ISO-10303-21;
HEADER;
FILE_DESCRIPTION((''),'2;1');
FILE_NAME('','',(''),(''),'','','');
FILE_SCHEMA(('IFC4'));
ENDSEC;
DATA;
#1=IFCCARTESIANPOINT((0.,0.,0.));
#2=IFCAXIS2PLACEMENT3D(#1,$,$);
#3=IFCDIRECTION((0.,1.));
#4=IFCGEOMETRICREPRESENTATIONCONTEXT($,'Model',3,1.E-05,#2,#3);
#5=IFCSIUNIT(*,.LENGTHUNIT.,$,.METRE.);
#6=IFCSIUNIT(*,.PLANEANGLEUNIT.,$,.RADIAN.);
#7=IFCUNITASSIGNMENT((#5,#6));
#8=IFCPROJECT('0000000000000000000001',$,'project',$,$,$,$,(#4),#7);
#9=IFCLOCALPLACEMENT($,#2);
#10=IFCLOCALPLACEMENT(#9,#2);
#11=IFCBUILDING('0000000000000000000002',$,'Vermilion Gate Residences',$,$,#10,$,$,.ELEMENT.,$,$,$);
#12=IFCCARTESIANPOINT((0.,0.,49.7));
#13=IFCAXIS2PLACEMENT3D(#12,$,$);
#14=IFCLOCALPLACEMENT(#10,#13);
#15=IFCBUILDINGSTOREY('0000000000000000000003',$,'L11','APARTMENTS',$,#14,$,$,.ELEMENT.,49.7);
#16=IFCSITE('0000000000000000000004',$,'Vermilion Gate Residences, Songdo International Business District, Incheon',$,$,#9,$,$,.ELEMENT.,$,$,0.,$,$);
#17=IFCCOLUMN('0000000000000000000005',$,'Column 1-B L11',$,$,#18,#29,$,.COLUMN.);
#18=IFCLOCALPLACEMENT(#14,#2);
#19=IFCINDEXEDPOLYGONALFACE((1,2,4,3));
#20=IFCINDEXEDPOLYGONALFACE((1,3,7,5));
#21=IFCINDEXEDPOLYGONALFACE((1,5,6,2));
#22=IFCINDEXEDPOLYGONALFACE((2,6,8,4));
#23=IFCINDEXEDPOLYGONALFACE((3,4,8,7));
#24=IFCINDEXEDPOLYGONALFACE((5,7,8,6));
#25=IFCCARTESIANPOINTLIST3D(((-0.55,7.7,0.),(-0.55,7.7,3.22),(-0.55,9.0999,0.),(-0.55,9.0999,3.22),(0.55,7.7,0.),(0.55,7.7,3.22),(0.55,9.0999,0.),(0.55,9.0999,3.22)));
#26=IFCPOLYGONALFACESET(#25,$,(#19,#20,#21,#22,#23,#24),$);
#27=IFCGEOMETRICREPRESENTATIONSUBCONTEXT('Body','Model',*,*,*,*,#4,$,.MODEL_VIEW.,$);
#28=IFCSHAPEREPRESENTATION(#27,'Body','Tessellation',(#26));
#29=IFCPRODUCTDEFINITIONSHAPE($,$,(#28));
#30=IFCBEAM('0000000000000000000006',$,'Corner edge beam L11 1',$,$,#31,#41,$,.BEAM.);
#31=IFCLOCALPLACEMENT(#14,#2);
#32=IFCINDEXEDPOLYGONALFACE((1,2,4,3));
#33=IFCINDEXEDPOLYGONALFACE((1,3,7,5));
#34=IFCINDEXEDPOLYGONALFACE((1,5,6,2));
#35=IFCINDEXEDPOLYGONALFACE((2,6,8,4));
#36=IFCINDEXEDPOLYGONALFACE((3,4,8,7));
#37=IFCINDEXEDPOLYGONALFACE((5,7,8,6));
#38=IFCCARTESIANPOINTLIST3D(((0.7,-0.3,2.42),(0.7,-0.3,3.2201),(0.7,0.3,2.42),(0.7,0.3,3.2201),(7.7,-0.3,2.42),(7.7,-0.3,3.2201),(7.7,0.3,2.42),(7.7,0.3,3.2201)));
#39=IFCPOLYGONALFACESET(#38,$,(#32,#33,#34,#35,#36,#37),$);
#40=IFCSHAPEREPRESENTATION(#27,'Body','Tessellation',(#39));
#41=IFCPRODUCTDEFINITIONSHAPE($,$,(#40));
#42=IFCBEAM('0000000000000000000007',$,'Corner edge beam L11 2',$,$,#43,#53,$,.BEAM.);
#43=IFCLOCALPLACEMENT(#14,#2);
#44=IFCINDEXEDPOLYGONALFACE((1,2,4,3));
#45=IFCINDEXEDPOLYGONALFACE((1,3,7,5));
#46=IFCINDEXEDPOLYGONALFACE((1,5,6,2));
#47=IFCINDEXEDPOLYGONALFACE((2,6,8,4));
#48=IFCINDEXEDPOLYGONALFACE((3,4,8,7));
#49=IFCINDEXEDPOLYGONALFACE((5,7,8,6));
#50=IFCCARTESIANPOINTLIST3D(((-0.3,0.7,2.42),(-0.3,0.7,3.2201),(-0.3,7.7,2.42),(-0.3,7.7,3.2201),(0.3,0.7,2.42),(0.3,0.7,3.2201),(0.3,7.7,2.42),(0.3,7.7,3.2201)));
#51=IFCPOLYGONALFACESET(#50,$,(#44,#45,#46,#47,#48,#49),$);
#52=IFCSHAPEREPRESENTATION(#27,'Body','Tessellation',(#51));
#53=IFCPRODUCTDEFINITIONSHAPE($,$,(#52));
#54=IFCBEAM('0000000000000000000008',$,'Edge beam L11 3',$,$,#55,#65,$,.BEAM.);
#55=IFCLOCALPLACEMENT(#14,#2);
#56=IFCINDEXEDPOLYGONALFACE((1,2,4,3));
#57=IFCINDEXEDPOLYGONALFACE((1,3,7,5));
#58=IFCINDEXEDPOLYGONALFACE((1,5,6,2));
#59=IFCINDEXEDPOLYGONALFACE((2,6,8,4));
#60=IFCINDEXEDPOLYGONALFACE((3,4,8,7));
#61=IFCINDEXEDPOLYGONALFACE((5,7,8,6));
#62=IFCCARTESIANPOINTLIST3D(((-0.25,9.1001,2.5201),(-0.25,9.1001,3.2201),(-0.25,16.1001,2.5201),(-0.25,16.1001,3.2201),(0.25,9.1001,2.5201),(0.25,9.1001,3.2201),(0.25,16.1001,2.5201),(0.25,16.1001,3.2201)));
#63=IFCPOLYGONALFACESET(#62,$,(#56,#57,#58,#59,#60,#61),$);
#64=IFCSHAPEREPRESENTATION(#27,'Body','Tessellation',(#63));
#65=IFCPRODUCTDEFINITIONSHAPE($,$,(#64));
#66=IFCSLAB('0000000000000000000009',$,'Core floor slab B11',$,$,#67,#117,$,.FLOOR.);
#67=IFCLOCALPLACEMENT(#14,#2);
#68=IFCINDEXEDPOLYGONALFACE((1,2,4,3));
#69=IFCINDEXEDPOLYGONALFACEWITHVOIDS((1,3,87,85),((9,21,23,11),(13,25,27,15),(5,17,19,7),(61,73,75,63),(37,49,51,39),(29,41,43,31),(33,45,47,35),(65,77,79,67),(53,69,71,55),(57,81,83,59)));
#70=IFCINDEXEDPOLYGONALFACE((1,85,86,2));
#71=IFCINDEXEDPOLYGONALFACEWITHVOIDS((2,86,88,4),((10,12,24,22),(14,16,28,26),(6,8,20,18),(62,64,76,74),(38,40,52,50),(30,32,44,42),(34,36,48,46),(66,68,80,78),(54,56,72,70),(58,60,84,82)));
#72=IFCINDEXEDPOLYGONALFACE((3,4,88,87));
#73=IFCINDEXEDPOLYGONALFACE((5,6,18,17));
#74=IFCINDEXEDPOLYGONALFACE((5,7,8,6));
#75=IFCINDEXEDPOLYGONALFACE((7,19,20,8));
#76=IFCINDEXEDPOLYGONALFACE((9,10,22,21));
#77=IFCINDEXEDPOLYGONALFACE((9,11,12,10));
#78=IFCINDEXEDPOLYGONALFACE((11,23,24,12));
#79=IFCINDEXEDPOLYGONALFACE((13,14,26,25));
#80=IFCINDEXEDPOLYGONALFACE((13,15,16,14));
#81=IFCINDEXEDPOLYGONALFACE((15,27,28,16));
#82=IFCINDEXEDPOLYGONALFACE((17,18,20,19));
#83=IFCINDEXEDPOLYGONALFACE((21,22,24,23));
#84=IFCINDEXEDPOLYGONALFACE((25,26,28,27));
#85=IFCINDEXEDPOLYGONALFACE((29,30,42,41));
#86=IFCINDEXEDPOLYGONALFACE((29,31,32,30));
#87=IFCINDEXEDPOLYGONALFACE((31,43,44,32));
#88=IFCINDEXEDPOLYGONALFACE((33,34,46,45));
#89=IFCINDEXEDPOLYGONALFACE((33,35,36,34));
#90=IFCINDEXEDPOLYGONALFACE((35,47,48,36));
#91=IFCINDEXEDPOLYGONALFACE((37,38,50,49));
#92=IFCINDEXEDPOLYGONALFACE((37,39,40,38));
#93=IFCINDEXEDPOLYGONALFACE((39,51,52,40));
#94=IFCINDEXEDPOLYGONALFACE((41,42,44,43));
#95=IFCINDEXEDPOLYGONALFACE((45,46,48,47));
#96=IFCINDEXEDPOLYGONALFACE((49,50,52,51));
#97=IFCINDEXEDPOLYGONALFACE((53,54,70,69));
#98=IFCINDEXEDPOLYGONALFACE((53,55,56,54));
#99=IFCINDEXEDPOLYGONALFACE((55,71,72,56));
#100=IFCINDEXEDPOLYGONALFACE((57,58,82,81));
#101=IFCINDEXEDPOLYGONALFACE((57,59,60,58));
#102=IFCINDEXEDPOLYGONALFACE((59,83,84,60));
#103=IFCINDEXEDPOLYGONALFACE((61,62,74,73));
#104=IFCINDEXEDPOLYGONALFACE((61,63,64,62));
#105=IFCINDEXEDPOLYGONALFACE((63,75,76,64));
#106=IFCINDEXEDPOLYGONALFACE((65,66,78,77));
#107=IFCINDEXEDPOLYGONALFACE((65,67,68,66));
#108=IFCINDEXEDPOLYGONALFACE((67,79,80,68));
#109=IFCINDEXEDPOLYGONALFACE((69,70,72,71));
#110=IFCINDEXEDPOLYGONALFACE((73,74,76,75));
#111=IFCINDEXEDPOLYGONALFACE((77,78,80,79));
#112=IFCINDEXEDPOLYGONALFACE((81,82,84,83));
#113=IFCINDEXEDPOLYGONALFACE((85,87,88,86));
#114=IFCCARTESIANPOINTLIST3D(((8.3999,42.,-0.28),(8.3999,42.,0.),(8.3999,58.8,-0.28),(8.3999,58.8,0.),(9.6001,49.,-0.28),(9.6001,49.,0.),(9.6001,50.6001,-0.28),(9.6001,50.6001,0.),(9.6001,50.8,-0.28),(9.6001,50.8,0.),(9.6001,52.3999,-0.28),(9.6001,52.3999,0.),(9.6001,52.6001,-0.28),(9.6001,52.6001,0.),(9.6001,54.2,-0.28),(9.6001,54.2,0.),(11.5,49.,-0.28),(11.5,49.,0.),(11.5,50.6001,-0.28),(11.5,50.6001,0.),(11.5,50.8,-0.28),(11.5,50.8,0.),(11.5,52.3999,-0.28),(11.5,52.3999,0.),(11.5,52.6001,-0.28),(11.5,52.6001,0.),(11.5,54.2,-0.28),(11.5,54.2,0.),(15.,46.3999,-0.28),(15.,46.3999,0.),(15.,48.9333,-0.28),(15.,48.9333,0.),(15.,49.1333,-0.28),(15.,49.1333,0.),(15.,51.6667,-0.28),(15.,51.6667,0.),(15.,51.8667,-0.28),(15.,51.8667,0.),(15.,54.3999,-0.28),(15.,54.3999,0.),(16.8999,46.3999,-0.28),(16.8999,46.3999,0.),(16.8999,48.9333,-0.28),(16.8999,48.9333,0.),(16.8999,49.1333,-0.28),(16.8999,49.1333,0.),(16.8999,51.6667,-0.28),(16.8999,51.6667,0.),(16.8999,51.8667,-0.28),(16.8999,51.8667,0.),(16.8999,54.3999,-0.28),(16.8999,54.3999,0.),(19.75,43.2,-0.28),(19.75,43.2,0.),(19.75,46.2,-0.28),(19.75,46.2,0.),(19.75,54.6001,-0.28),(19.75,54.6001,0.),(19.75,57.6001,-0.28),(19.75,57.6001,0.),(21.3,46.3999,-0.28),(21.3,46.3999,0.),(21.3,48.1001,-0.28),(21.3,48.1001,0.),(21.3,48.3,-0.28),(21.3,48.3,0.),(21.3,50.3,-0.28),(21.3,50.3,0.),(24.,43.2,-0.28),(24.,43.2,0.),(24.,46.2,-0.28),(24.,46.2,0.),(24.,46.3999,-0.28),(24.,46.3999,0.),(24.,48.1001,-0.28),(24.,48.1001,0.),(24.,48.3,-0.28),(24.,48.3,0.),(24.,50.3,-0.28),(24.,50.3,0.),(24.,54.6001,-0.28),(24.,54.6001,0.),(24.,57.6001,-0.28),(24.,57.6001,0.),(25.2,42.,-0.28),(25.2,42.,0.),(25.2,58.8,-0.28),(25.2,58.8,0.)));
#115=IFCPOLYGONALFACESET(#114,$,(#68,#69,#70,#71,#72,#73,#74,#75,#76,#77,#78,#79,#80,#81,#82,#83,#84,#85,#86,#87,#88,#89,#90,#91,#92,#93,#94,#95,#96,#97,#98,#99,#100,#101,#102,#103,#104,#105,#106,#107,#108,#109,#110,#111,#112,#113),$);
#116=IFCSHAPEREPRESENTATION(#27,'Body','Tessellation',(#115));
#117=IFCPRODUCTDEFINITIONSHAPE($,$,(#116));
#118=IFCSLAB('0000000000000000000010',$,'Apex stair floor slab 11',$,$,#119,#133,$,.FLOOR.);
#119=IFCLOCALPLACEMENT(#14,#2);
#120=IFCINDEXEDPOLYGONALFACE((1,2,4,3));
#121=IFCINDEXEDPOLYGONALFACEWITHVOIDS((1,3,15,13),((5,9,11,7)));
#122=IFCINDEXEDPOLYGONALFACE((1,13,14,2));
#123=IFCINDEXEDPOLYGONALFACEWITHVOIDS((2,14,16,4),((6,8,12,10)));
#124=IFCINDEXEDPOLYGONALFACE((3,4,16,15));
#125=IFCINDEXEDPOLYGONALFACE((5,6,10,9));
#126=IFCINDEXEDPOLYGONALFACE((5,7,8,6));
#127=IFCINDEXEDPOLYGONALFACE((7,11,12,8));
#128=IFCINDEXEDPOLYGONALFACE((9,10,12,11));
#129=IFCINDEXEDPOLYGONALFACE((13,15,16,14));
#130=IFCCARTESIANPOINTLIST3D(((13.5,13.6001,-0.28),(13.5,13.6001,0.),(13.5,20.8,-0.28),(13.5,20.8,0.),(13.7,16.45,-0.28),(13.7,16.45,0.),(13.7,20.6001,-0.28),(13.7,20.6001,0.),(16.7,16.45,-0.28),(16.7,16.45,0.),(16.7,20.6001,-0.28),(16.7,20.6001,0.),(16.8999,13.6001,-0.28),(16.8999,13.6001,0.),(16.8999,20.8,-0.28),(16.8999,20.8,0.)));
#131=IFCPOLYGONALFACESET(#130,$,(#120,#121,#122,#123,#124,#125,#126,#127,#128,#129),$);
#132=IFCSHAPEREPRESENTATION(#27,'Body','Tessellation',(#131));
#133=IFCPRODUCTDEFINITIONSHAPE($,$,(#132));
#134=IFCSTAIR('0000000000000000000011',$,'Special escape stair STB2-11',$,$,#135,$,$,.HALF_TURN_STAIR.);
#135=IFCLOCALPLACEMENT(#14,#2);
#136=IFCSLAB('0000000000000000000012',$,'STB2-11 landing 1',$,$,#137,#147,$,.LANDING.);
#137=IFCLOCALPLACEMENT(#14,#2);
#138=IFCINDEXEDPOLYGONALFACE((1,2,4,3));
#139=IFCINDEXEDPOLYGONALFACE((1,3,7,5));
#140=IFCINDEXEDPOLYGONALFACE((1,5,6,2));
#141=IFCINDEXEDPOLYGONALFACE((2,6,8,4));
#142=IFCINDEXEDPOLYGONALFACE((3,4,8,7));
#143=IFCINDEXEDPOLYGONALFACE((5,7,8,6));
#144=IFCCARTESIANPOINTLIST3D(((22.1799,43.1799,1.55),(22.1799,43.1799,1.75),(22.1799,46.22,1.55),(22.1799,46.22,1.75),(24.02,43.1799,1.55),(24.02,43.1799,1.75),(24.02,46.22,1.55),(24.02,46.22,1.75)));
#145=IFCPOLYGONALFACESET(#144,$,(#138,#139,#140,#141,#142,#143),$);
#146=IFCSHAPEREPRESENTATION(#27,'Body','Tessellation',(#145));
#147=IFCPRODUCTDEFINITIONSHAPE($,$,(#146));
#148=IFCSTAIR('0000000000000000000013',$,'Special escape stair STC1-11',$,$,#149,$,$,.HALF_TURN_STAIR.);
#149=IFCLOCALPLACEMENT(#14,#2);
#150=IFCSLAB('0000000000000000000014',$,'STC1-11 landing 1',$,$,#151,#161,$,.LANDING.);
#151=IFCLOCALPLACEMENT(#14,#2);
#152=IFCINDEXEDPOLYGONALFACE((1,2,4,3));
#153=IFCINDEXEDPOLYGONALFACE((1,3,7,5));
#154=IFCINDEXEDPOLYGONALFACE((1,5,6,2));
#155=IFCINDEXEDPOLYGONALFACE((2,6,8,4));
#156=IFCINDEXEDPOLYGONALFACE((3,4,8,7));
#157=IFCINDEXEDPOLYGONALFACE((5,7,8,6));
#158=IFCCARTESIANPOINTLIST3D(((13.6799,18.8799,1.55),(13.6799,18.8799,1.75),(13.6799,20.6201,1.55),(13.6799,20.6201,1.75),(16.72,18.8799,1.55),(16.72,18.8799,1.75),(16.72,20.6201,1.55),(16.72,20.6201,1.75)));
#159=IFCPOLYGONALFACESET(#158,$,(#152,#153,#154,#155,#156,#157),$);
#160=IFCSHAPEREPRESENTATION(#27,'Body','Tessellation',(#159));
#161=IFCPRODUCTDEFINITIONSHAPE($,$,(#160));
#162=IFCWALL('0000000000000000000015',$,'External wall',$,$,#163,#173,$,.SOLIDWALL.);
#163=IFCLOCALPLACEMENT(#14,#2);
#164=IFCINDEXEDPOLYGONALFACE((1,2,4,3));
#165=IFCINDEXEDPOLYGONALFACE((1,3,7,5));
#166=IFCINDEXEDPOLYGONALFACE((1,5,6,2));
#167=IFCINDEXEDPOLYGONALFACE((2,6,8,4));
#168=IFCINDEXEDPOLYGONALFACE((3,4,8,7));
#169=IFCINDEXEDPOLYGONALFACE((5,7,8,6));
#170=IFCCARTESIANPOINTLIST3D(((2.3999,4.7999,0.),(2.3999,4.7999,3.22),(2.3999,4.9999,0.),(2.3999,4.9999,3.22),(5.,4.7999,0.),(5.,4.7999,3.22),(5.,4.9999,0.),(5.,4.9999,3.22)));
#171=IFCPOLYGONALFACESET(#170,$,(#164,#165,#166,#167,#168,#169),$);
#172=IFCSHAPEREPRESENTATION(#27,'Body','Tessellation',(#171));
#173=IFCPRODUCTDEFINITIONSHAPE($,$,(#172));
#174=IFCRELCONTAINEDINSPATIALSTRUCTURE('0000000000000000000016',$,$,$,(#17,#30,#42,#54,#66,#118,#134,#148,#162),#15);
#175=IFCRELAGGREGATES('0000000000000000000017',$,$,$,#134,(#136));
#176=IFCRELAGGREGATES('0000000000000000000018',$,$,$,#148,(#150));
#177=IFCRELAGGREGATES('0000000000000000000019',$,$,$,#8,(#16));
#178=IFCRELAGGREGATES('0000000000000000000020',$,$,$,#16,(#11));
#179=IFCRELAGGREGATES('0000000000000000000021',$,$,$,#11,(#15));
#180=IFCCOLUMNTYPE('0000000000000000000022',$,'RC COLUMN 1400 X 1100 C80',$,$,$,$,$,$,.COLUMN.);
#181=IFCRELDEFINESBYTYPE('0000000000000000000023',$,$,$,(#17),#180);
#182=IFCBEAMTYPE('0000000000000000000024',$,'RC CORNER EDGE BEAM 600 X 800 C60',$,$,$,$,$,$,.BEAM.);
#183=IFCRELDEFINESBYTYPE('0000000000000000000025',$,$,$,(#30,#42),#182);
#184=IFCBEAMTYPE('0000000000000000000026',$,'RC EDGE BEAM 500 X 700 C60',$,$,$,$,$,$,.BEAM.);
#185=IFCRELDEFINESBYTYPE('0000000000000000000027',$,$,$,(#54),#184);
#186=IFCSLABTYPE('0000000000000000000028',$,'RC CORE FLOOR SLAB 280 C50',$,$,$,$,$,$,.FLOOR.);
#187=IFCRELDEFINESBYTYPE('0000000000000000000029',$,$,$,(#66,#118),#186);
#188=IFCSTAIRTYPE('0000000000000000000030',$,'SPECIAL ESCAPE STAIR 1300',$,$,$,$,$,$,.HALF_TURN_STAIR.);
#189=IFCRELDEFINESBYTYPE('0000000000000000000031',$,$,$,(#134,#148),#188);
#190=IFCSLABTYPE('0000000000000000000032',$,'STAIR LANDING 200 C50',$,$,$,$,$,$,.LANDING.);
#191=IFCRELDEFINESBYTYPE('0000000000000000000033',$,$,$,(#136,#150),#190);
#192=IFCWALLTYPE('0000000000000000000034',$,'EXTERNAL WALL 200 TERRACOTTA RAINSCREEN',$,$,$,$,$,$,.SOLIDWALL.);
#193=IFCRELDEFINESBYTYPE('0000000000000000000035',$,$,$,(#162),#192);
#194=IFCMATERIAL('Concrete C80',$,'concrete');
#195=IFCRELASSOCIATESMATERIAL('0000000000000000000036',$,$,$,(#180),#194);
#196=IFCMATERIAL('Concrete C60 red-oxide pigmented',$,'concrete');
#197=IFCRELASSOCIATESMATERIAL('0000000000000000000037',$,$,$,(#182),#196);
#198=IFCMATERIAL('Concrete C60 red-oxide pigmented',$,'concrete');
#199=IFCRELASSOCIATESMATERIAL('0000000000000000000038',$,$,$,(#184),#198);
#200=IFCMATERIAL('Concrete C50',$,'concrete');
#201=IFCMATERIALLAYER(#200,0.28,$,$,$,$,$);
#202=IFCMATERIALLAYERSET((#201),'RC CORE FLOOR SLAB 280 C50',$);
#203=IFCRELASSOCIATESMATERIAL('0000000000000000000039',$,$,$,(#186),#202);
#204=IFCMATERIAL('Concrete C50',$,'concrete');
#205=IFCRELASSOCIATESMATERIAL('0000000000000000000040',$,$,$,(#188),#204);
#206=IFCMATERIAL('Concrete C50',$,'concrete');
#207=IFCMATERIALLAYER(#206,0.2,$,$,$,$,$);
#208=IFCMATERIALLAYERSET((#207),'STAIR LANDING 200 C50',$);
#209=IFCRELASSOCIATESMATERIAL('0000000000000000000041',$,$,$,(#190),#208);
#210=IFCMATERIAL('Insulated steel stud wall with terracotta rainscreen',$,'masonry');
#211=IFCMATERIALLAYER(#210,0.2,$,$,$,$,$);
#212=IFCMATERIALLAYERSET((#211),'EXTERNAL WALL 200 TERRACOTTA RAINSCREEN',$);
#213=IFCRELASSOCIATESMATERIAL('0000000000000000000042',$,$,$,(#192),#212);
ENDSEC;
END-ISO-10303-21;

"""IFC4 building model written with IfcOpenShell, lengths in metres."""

from ifc_helpers import new_model, si_unit, direction, frame, frame_2d, origin, origin_2d, place, context, subcontext, project, spatial, polyline, rectangle, outline, extrude, material, layer, layer_set, material_profile, profile_set, type_object, element, aggregate, save


model = new_model("IFC4")

# Units and contexts
model_context = context("Model", 3, precision=1e-05, world=origin(), true_north=direction((0.0, 1.0)))
body_context = subcontext(model_context, "Body", "Model", "MODEL_VIEW")
ifc_project = project(units=[si_unit("LENGTHUNIT", "METRE"), si_unit("PLANEANGLEUNIT", "RADIAN")], contexts=[model_context])

# Site, building, storey
site_placement = place(None, origin())
site = spatial("IfcSite", under=ifc_project, at=site_placement, Name="Vermilion Gate Residences, Songdo International Business District, Incheon", CompositionType="ELEMENT", RefElevation=0.0)
building_placement = place(site_placement, origin())
building = spatial("IfcBuilding", under=site, at=building_placement, Name="Vermilion Gate Residences", CompositionType="ELEMENT")
storey_placement = place(building_placement, frame((0.0, 0.0, 49.7)))
storey = spatial("IfcBuildingStorey", under=building, at=storey_placement, Name="L11", Description="APARTMENTS", CompositionType="ELEMENT", Elevation=49.7)

# Column
ifc_material_1 = material(Name="Concrete C80", Category="concrete")
ifc_material_profile_1 = material_profile(ifc_material_1, rectangle(XDim=1.3999, YDim=1.1001, at=origin_2d()), Name="RC-1400x1100")
ifc_profile_set_1 = profile_set([ifc_material_profile_1], Name="Concrete C80")
column_type = type_object("IfcColumnType", Name="RC COLUMN 1400 X 1100 C80", PredefinedType="COLUMN", material=ifc_profile_set_1)
column_placement = place(storey_placement, frame((0.0, 8.3999, 0.0), z_axis=(0.0, 0.0, 1.0), x_axis=(0.0, 1.0, 0.0)))
element("IfcColumn", 1, at=column_placement, inside=storey, type_object=column_type, Name="Column 1-B L11", PredefinedType="COLUMN", context=body_context, shape_type="SweptSolid", body=[
    extrude(rectangle(XDim=1.3999, YDim=1.1001, at=origin_2d()), origin(), (0.0, 0.0, 1.0), 3.22),
])

# Beams
ifc_material_2 = material(Name="Concrete C60 red-oxide pigmented", Category="concrete")
ifc_material_profile_2 = material_profile(ifc_material_2, rectangle(XDim=0.6001, YDim=0.8, at=origin_2d()), Name="RC-600x800")
ifc_profile_set_2 = profile_set([ifc_material_profile_2], Name="Concrete C60 red-oxide pigmented")
beam_type_1 = type_object("IfcBeamType", Name="RC CORNER EDGE BEAM 600 X 800 C60", PredefinedType="BEAM", material=ifc_profile_set_2)
for number, where, z_axis, x_axis, name in (
    (2, (0.7, 0.0, 2.8201), (1.0, 0.0, 0.0), (0.0, 1.0, 0.0), "Corner edge beam L11 1"),
    (3, (0.0, 0.7, 2.8201), (0.0, 1.0, 0.0), (-1.0, 0.0, 0.0), "Corner edge beam L11 2"),
):
    element("IfcBeam", number, at=place(storey_placement, frame(where, z_axis=z_axis, x_axis=x_axis)), inside=storey, type_object=beam_type_1, Name=name, PredefinedType="BEAM", context=body_context, shape_type="SweptSolid", body=[
        extrude(rectangle(XDim=0.6001, YDim=0.8, at=origin_2d()), origin(), (0.0, 0.0, 1.0), 7.0),
    ])
ifc_material_3 = material(Name="Concrete C60 red-oxide pigmented", Category="concrete")
ifc_material_profile_3 = material_profile(ifc_material_3, rectangle(XDim=0.5, YDim=0.7, at=origin_2d()), Name="RC-500x700")
ifc_profile_set_3 = profile_set([ifc_material_profile_3], Name="Concrete C60 red-oxide pigmented")
beam_type_2 = type_object("IfcBeamType", Name="RC EDGE BEAM 500 X 700 C60", PredefinedType="BEAM", material=ifc_profile_set_3)
beam_placement = place(storey_placement, frame((0.0, 9.1001, 2.8701), z_axis=(0.0, 1.0, 0.0), x_axis=(-1.0, 0.0, 0.0)))
element("IfcBeam", 4, at=beam_placement, inside=storey, type_object=beam_type_2, Name="Edge beam L11 3", PredefinedType="BEAM", context=body_context, shape_type="SweptSolid", body=[
    extrude(rectangle(XDim=0.5, YDim=0.7, at=origin_2d()), origin(), (0.0, 0.0, 1.0), 7.0),
])

# Slabs
ifc_material_4 = material(Name="Concrete C50", Category="concrete")
ifc_layer_1 = layer(ifc_material_4, 0.28)
ifc_layer_set_1 = layer_set([ifc_layer_1], Name="RC CORE FLOOR SLAB 280 C50")
slab_type_1 = type_object("IfcSlabType", Name="RC CORE FLOOR SLAB 280 C50", PredefinedType="FLOOR", material=ifc_layer_set_1)
slab_1_placement = place(storey_placement, frame((0.0, 0.0, -0.28)))
element("IfcSlab", 5, at=slab_1_placement, inside=storey, type_object=slab_type_1, Name="Core floor slab B11", PredefinedType="FLOOR", context=body_context, shape_type="SweptSolid", body=[
    extrude(outline(polyline([(8.3999, 42.0), (25.2, 42.0), (25.2, 58.8), (8.3999, 58.8), (8.3999, 42.0)]), holes=[polyline([(19.75, 46.2), (24.0, 46.2), (24.0, 43.2), (19.75, 43.2), (19.75, 46.2)]), polyline([(21.3, 48.1001), (24.0, 48.1001), (24.0, 46.3999), (21.3, 46.3999), (21.3, 48.1001)]), polyline([(15.0, 48.9333), (16.8999, 48.9333), (16.8999, 46.3999), (15.0, 46.3999), (15.0, 48.9333)]), polyline([(24.0, 50.3), (24.0, 48.3), (21.3, 48.3), (21.3, 50.3), (24.0, 50.3)]), polyline([(11.5, 50.6001), (11.5, 49.0), (9.6001, 49.0), (9.6001, 50.6001), (11.5, 50.6001)]), polyline([(15.0, 51.6667), (16.8999, 51.6667), (16.8999, 49.1333), (15.0, 49.1333), (15.0, 51.6667)]), polyline([(9.6001, 52.3999), (11.5, 52.3999), (11.5, 50.8), (9.6001, 50.8), (9.6001, 52.3999)]), polyline([(15.0, 54.3999), (16.8999, 54.3999), (16.8999, 51.8667), (15.0, 51.8667), (15.0, 54.3999)]), polyline([(11.5, 54.2), (11.5, 52.6001), (9.6001, 52.6001), (9.6001, 54.2), (11.5, 54.2)]), polyline([(24.0, 57.6001), (24.0, 54.6001), (19.75, 54.6001), (19.75, 57.6001), (24.0, 57.6001)])]), origin(), (0.0, 0.0, 1.0), 0.28),
])
slab_2_placement = place(storey_placement, frame((0.0, 0.0, -0.28)))
element("IfcSlab", 6, at=slab_2_placement, inside=storey, type_object=slab_type_1, Name="Apex stair floor slab 11", PredefinedType="FLOOR", context=body_context, shape_type="SweptSolid", body=[
    extrude(outline(polyline([(13.5, 13.6001), (16.8999, 13.6001), (16.8999, 20.8), (13.5, 20.8), (13.5, 13.6001)]), holes=[polyline([(16.7, 20.6001), (16.7, 16.45), (13.7, 16.45), (13.7, 20.6001), (16.7, 20.6001)])]), origin(), (0.0, 0.0, 1.0), 0.28),
])

# Stairs, slabs
ifc_material_5 = material(Name="Concrete C50", Category="concrete")
stair_type = type_object("IfcStairType", Name="SPECIAL ESCAPE STAIR 1300", PredefinedType="HALF_TURN_STAIR", material=ifc_material_5)
stair_1_placement = place(storey_placement, origin())
stair_1 = element("IfcStair", 7, at=stair_1_placement, inside=storey, type_object=stair_type, Name="Special escape stair STB2-11", PredefinedType="HALF_TURN_STAIR")
ifc_material_6 = material(Name="Concrete C50", Category="concrete")
ifc_layer_2 = layer(ifc_material_6, 0.2)
ifc_layer_set_2 = layer_set([ifc_layer_2], Name="STAIR LANDING 200 C50")
slab_type_2 = type_object("IfcSlabType", Name="STAIR LANDING 200 C50", PredefinedType="LANDING", material=ifc_layer_set_2)
slab_3_placement = place(storey_placement, frame((0.0, 0.0, 1.55)))
slab_3 = element("IfcSlab", 8, at=slab_3_placement, type_object=slab_type_2, Name="STB2-11 landing 1", PredefinedType="LANDING", context=body_context, shape_type="SweptSolid", body=[
    extrude(outline(polyline([(24.02, 43.1799), (24.02, 46.22), (22.1799, 46.22), (22.1799, 43.1799), (24.02, 43.1799)])), origin(), (0.0, 0.0, 1.0), 0.2),
])
aggregate(stair_1, [slab_3])
stair_2_placement = place(storey_placement, origin())
stair_2 = element("IfcStair", 9, at=stair_2_placement, inside=storey, type_object=stair_type, Name="Special escape stair STC1-11", PredefinedType="HALF_TURN_STAIR")
slab_4_placement = place(storey_placement, frame((0.0, 0.0, 1.55)))
slab_4 = element("IfcSlab", 10, at=slab_4_placement, type_object=slab_type_2, Name="STC1-11 landing 1", PredefinedType="LANDING", context=body_context, shape_type="SweptSolid", body=[
    extrude(outline(polyline([(16.72, 18.8799), (16.72, 20.6201), (13.6799, 20.6201), (13.6799, 18.8799), (16.72, 18.8799)])), origin(), (0.0, 0.0, 1.0), 0.2),
])
aggregate(stair_2, [slab_4])

# Wall
ifc_material_7 = material(Name="Insulated steel stud wall with terracotta rainscreen", Category="masonry")
ifc_layer_3 = layer(ifc_material_7, 0.2)
ifc_layer_set_3 = layer_set([ifc_layer_3], Name="EXTERNAL WALL 200 TERRACOTTA RAINSCREEN")
wall_type = type_object("IfcWallType", Name="EXTERNAL WALL 200 TERRACOTTA RAINSCREEN", PredefinedType="SOLIDWALL", material=ifc_layer_set_3)
wall_1_placement = place(storey_placement, frame((2.3999, 4.8999, 0.0), z_axis=(0.0, 0.0, 1.0), x_axis=(1.0, 0.0, 0.0)))
element("IfcWall", 11, at=wall_1_placement, inside=storey, type_object=wall_type, Name="External wall", PredefinedType="SOLIDWALL", context=body_context, shape_type="SweptSolid", body=[
    extrude(rectangle(XDim=2.6001, YDim=0.2, at=frame_2d((1.3, 0.0))), origin(), (0.0, 0.0, 1.0), 3.22),
])

save(model, "model.ifc")
